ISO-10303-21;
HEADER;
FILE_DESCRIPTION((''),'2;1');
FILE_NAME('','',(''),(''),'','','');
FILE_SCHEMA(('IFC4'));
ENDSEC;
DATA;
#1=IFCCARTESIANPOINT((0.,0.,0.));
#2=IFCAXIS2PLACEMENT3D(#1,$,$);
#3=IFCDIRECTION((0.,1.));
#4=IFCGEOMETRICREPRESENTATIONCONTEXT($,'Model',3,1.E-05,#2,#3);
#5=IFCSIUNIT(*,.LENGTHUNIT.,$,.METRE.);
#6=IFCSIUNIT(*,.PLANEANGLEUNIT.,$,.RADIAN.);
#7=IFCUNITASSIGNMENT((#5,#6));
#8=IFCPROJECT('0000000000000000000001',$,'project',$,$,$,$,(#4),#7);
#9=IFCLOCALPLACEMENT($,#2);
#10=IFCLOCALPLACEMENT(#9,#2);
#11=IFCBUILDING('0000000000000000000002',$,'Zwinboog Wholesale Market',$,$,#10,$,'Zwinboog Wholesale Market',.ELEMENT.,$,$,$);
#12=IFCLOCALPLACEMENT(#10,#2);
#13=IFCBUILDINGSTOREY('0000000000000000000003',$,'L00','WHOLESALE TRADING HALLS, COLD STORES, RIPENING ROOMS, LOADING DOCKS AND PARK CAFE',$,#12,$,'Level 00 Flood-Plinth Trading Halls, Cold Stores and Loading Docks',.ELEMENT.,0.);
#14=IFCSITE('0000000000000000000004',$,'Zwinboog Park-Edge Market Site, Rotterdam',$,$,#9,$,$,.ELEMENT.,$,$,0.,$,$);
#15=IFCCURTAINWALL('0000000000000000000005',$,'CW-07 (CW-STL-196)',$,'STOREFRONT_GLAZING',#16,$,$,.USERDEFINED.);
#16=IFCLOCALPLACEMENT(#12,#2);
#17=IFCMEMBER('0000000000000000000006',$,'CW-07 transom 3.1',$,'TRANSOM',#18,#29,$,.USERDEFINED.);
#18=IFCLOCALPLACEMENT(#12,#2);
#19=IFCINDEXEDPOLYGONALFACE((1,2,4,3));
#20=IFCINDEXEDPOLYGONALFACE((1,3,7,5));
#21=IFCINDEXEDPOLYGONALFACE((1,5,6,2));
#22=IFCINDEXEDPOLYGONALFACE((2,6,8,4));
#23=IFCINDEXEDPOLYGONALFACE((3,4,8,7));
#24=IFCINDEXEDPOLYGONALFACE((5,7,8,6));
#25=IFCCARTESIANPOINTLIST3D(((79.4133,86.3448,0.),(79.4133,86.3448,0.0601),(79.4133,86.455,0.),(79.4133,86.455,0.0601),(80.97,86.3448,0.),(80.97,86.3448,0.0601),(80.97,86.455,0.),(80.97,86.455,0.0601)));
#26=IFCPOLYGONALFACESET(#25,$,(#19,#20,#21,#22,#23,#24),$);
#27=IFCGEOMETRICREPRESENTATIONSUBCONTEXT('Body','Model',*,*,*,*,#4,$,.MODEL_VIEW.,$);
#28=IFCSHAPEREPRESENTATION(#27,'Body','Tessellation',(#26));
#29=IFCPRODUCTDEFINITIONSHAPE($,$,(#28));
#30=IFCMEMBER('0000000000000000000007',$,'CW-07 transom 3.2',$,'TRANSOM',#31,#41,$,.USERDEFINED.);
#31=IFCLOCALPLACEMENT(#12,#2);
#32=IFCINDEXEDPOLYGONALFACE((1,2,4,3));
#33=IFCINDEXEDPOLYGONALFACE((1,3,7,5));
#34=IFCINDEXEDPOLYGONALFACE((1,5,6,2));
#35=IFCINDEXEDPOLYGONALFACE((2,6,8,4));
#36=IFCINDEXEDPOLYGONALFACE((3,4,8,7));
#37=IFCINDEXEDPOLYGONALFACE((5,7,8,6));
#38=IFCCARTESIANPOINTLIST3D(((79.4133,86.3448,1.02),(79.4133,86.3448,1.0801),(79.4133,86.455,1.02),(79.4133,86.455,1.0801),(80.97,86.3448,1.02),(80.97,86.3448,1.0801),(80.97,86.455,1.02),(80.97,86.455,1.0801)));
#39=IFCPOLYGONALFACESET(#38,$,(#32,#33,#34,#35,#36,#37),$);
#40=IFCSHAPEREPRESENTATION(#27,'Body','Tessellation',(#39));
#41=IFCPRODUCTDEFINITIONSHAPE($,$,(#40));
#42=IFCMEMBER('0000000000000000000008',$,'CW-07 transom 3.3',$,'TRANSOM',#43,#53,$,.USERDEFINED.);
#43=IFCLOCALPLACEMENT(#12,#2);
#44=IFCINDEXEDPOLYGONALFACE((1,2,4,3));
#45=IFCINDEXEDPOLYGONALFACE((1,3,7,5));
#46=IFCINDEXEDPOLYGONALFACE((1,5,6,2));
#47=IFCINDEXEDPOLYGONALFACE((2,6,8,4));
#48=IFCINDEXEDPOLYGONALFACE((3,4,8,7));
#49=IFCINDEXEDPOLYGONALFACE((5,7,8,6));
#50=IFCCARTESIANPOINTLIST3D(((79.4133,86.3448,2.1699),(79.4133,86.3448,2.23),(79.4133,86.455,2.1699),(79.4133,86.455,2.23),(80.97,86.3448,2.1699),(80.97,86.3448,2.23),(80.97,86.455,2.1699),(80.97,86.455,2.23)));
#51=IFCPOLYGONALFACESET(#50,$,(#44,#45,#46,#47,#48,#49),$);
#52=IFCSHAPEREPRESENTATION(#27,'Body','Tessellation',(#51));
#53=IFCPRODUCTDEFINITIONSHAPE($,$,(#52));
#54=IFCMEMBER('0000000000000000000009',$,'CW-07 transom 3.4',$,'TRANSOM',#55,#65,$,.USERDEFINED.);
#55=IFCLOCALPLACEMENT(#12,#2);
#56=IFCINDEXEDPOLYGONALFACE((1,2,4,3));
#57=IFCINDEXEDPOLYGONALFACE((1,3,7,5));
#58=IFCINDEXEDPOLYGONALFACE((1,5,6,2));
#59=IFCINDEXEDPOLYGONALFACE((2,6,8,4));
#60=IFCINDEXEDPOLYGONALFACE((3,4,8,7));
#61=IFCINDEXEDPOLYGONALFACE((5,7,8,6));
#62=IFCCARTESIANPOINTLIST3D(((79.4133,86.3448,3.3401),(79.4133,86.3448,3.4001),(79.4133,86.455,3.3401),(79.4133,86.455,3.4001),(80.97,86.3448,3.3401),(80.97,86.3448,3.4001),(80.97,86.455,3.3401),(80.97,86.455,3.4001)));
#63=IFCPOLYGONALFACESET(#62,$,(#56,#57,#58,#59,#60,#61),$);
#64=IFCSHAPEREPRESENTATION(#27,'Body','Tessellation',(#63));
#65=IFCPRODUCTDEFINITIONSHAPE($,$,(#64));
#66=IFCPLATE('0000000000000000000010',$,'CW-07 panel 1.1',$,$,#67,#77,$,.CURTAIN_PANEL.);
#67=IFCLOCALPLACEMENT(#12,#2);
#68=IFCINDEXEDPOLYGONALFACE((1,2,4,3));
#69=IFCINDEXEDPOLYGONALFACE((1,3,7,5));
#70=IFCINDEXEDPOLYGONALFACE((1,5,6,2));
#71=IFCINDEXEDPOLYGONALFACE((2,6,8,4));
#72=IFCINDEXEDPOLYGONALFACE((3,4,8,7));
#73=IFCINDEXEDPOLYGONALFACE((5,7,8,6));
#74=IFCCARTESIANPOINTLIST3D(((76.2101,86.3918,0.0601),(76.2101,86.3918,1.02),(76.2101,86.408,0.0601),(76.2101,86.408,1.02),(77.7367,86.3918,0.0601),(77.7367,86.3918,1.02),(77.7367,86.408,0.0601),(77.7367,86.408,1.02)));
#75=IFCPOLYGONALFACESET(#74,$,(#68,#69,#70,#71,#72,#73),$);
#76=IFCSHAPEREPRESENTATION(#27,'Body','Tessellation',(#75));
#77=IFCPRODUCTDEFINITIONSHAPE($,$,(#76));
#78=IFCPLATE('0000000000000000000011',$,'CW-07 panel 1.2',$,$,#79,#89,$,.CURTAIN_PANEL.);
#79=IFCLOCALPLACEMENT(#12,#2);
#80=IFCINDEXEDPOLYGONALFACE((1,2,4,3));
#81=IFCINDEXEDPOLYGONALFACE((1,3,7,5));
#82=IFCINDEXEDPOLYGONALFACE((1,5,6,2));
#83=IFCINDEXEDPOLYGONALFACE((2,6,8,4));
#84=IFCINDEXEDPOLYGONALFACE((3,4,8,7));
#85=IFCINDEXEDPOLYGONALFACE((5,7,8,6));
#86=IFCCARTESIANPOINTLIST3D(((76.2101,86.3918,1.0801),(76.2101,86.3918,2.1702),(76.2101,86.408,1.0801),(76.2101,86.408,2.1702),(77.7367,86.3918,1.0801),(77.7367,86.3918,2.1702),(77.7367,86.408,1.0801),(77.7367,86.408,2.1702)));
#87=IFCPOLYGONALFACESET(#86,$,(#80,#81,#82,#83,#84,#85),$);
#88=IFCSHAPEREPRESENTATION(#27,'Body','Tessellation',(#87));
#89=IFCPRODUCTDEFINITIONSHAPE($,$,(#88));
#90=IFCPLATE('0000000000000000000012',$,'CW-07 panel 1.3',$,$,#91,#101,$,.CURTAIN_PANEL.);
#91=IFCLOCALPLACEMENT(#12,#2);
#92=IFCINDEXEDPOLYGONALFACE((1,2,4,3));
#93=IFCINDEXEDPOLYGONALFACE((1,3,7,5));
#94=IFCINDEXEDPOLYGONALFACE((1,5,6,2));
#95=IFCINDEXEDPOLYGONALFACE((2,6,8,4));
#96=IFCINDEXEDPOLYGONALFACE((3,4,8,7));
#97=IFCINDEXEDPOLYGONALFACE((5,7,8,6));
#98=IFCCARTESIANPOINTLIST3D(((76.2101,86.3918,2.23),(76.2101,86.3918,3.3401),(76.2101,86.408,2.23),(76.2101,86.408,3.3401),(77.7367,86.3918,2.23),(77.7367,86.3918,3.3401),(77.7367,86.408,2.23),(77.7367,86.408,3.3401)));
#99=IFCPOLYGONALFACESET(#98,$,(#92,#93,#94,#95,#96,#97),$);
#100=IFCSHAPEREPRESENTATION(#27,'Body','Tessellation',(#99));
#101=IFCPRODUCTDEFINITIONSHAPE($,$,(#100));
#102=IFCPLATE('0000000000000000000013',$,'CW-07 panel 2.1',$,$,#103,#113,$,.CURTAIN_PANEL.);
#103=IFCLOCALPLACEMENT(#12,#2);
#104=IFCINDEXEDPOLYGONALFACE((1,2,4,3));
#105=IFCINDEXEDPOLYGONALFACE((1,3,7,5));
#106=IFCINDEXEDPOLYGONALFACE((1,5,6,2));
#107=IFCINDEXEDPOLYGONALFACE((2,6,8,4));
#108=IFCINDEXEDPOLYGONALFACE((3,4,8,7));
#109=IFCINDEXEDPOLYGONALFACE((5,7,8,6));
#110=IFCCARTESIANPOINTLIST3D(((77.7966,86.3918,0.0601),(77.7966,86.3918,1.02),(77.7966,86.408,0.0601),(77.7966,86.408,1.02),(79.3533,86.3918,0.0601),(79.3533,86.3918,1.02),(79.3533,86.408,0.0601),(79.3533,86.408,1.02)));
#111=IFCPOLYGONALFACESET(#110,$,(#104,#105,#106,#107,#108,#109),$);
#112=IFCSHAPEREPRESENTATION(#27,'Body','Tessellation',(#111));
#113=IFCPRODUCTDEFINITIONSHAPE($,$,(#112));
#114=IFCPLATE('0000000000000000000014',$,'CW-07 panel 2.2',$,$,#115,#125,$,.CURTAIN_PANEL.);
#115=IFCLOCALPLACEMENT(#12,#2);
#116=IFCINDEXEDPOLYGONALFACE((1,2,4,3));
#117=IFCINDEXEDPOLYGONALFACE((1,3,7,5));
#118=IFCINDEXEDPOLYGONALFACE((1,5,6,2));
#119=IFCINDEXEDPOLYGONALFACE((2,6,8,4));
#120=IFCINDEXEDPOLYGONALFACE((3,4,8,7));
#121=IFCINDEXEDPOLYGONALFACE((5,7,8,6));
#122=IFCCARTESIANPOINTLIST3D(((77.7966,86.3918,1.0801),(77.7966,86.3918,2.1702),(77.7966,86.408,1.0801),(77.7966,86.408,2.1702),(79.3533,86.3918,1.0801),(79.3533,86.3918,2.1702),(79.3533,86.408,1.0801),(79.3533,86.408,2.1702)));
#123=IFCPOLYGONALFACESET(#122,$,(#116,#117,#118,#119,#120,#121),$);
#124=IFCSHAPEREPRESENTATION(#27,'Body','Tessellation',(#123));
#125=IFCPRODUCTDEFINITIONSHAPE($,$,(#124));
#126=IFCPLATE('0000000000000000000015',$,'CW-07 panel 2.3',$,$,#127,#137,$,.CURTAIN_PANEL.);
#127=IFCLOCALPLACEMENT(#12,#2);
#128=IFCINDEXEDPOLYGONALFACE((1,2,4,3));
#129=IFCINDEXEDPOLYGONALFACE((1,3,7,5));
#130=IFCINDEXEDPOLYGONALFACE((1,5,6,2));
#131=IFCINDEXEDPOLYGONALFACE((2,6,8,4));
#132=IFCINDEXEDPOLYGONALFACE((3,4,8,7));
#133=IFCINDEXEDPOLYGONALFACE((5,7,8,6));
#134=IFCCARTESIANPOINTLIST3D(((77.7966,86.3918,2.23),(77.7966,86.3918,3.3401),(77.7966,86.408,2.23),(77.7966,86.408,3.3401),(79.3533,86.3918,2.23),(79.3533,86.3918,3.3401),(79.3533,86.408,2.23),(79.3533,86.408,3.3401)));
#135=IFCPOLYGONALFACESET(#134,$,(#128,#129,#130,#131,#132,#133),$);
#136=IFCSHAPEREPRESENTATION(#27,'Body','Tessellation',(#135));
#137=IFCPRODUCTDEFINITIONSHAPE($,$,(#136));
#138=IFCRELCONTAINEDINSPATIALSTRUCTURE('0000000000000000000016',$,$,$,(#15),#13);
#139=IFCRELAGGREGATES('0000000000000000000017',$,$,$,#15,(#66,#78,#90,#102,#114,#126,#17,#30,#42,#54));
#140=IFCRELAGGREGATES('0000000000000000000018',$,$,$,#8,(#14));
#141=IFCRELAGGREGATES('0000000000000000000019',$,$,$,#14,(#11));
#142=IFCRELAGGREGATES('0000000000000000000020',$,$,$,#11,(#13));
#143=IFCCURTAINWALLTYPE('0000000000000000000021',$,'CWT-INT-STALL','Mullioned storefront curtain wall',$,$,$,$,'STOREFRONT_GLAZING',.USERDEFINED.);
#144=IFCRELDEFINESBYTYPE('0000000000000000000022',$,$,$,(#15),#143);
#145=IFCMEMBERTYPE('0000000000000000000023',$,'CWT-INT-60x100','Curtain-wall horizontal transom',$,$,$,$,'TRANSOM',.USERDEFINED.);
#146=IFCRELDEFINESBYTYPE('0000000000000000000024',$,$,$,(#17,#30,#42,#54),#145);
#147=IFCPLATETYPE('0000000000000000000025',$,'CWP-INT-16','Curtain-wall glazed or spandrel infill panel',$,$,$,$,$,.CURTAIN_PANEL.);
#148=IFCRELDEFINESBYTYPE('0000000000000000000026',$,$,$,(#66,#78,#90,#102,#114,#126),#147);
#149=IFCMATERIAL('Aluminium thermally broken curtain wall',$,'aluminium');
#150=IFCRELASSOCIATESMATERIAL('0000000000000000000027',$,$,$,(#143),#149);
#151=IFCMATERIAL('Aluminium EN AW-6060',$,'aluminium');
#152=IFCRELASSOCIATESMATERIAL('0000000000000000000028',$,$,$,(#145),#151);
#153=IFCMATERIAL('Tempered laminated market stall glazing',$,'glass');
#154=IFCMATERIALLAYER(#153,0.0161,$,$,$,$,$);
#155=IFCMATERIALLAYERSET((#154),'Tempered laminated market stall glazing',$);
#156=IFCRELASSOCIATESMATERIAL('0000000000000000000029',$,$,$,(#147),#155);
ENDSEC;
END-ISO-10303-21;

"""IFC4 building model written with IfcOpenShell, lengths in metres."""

from ifc_helpers import new_model, si_unit, direction, frame, origin, origin_2d, place, context, subcontext, project, spatial, rectangle, extrude, material, layer, layer_set, material_profile, profile_set, type_object, element, aggregate, save


model = new_model("IFC4")

# Units and contexts
model_context = context("Model", 3, precision=1e-05, world=origin(), true_north=direction((0.0, 1.0)))
body_context = subcontext(model_context, "Body", "Model", "MODEL_VIEW")
ifc_project = project(units=[si_unit("LENGTHUNIT", "METRE"), si_unit("PLANEANGLEUNIT", "RADIAN")], contexts=[model_context])

# Site, building, storey
site_placement = place(None, origin())
site = spatial("IfcSite", under=ifc_project, at=site_placement, Name="Zwinboog Park-Edge Market Site, Rotterdam", CompositionType="ELEMENT", RefElevation=0.0)
building_placement = place(site_placement, origin())
building = spatial("IfcBuilding", under=site, at=building_placement, Name="Zwinboog Wholesale Market", LongName="Zwinboog Wholesale Market", CompositionType="ELEMENT")
storey_placement = place(building_placement, origin())
storey = spatial("IfcBuildingStorey", under=building, at=storey_placement, Name="L00", Description="WHOLESALE TRADING HALLS, COLD STORES, RIPENING ROOMS, LOADING DOCKS AND PARK CAFE", LongName="Level 00 Flood-Plinth Trading Halls, Cold Stores and Loading Docks", CompositionType="ELEMENT", Elevation=0.0)

# Curtain wall, members, plates
ifc_material_1 = material(Name="Aluminium thermally broken curtain wall", Category="aluminium")
curtain_wall_type = type_object("IfcCurtainWallType", Name="CWT-INT-STALL", Description="Mullioned storefront curtain wall", ElementType="STOREFRONT_GLAZING", PredefinedType="USERDEFINED", material=ifc_material_1)
curtain_wall_placement = place(storey_placement, origin())
curtain_wall = element("IfcCurtainWall", 1, at=curtain_wall_placement, inside=storey, type_object=curtain_wall_type, Name="CW-07 (CW-STL-196)", ObjectType="STOREFRONT_GLAZING", PredefinedType="USERDEFINED")
ifc_material_2 = material(Name="Aluminium EN AW-6060", Category="aluminium")
ifc_material_profile_1 = material_profile(ifc_material_2, rectangle(XDim=0.1101, YDim=0.0601, at=origin_2d()), Name="AL 60x110")
ifc_profile_set_1 = profile_set([ifc_material_profile_1], Name="Aluminium EN AW-6060")
member_type_1 = type_object("IfcMemberType", Name="CWT-INT-60x100", Description="Curtain-wall horizontal transom", ElementType="TRANSOM", PredefinedType="USERDEFINED", material=ifc_profile_set_1)
member_1_placement = place(storey_placement, frame((79.4133, 86.3999, 0.03), z_axis=(1.0, 0.0, 0.0), x_axis=(0.0, 1.0, 0.0)))
member_1 = element("IfcMember", 2, at=member_1_placement, type_object=member_type_1, Name="CW-07 transom 3.1", ObjectType="TRANSOM", PredefinedType="USERDEFINED", context=body_context, shape_type="SweptSolid", body=[
    extrude(rectangle(XDim=0.1101, YDim=0.0601, at=origin_2d()), origin(), (0.0, 0.0, 1.0), 1.5566),
])
member_2_placement = place(storey_placement, frame((79.4133, 86.3999, 1.05), z_axis=(1.0, 0.0, 0.0), x_axis=(0.0, 1.0, 0.0)))
member_2 = element("IfcMember", 3, at=member_2_placement, type_object=member_type_1, Name="CW-07 transom 3.2", ObjectType="TRANSOM", PredefinedType="USERDEFINED", context=body_context, shape_type="SweptSolid", body=[
    extrude(rectangle(XDim=0.1101, YDim=0.0601, at=origin_2d()), origin(), (0.0, 0.0, 1.0), 1.5566),
])
member_3_placement = place(storey_placement, frame((79.4133, 86.3999, 2.2), z_axis=(1.0, 0.0, 0.0), x_axis=(0.0, 1.0, 0.0)))
member_3 = element("IfcMember", 4, at=member_3_placement, type_object=member_type_1, Name="CW-07 transom 3.3", ObjectType="TRANSOM", PredefinedType="USERDEFINED", context=body_context, shape_type="SweptSolid", body=[
    extrude(rectangle(XDim=0.1101, YDim=0.0601, at=origin_2d()), origin(), (0.0, 0.0, 1.0), 1.5566),
])
member_4_placement = place(storey_placement, frame((79.4133, 86.3999, 3.3701), z_axis=(1.0, 0.0, 0.0), x_axis=(0.0, 1.0, 0.0)))
member_4 = element("IfcMember", 5, at=member_4_placement, type_object=member_type_1, Name="CW-07 transom 3.4", ObjectType="TRANSOM", PredefinedType="USERDEFINED", context=body_context, shape_type="SweptSolid", body=[
    extrude(rectangle(XDim=0.1101, YDim=0.0601, at=origin_2d()), origin(), (0.0, 0.0, 1.0), 1.5566),
])
ifc_material_3 = material(Name="Tempered laminated market stall glazing", Category="glass")
ifc_layer = layer(ifc_material_3, 0.0161)
ifc_layer_set = layer_set([ifc_layer], Name="Tempered laminated market stall glazing")
plate_type = type_object("IfcPlateType", Name="CWP-INT-16", Description="Curtain-wall glazed or spandrel infill panel", PredefinedType="CURTAIN_PANEL", material=ifc_layer_set)
plate_1_placement = place(storey_placement, frame((76.9734, 86.3999, 0.0601), z_axis=(0.0, 0.0, 1.0), x_axis=(1.0, 0.0, 0.0)))
plate_1 = element("IfcPlate", 6, at=plate_1_placement, type_object=plate_type, Name="CW-07 panel 1.1", PredefinedType="CURTAIN_PANEL", context=body_context, shape_type="SweptSolid", body=[
    extrude(rectangle(XDim=1.5266, YDim=0.0161, at=origin_2d()), origin(), (0.0, 0.0, 1.0), 0.96),
])
plate_2_placement = place(storey_placement, frame((76.9734, 86.3999, 1.0801), z_axis=(0.0, 0.0, 1.0), x_axis=(1.0, 0.0, 0.0)))
plate_2 = element("IfcPlate", 7, at=plate_2_placement, type_object=plate_type, Name="CW-07 panel 1.2", PredefinedType="CURTAIN_PANEL", context=body_context, shape_type="SweptSolid", body=[
    extrude(rectangle(XDim=1.5266, YDim=0.0161, at=origin_2d()), origin(), (0.0, 0.0, 1.0), 1.0901),
])
plate_3_placement = place(storey_placement, frame((76.9734, 86.3999, 2.23), z_axis=(0.0, 0.0, 1.0), x_axis=(1.0, 0.0, 0.0)))
plate_3 = element("IfcPlate", 8, at=plate_3_placement, type_object=plate_type, Name="CW-07 panel 1.3", PredefinedType="CURTAIN_PANEL", context=body_context, shape_type="SweptSolid", body=[
    extrude(rectangle(XDim=1.5266, YDim=0.0161, at=origin_2d()), origin(), (0.0, 0.0, 1.0), 1.1101),
])
plate_4_placement = place(storey_placement, frame((78.575, 86.3999, 0.0601), z_axis=(0.0, 0.0, 1.0), x_axis=(1.0, 0.0, 0.0)))
plate_4 = element("IfcPlate", 9, at=plate_4_placement, type_object=plate_type, Name="CW-07 panel 2.1", PredefinedType="CURTAIN_PANEL", context=body_context, shape_type="SweptSolid", body=[
    extrude(rectangle(XDim=1.5566, YDim=0.0161, at=origin_2d()), origin(), (0.0, 0.0, 1.0), 0.96),
])
plate_5_placement = place(storey_placement, frame((78.575, 86.3999, 1.0801), z_axis=(0.0, 0.0, 1.0), x_axis=(1.0, 0.0, 0.0)))
plate_5 = element("IfcPlate", 10, at=plate_5_placement, type_object=plate_type, Name="CW-07 panel 2.2", PredefinedType="CURTAIN_PANEL", context=body_context, shape_type="SweptSolid", body=[
    extrude(rectangle(XDim=1.5566, YDim=0.0161, at=origin_2d()), origin(), (0.0, 0.0, 1.0), 1.0901),
])
plate_6_placement = place(storey_placement, frame((78.575, 86.3999, 2.23), z_axis=(0.0, 0.0, 1.0), x_axis=(1.0, 0.0, 0.0)))
plate_6 = element("IfcPlate", 11, at=plate_6_placement, type_object=plate_type, Name="CW-07 panel 2.3", PredefinedType="CURTAIN_PANEL", context=body_context, shape_type="SweptSolid", body=[
    extrude(rectangle(XDim=1.5566, YDim=0.0161, at=origin_2d()), origin(), (0.0, 0.0, 1.0), 1.1101),
])
aggregate(curtain_wall, [plate_1, plate_2, plate_3, plate_4, plate_5, plate_6, member_1, member_2, member_3, member_4])

save(model, "model.ifc")
